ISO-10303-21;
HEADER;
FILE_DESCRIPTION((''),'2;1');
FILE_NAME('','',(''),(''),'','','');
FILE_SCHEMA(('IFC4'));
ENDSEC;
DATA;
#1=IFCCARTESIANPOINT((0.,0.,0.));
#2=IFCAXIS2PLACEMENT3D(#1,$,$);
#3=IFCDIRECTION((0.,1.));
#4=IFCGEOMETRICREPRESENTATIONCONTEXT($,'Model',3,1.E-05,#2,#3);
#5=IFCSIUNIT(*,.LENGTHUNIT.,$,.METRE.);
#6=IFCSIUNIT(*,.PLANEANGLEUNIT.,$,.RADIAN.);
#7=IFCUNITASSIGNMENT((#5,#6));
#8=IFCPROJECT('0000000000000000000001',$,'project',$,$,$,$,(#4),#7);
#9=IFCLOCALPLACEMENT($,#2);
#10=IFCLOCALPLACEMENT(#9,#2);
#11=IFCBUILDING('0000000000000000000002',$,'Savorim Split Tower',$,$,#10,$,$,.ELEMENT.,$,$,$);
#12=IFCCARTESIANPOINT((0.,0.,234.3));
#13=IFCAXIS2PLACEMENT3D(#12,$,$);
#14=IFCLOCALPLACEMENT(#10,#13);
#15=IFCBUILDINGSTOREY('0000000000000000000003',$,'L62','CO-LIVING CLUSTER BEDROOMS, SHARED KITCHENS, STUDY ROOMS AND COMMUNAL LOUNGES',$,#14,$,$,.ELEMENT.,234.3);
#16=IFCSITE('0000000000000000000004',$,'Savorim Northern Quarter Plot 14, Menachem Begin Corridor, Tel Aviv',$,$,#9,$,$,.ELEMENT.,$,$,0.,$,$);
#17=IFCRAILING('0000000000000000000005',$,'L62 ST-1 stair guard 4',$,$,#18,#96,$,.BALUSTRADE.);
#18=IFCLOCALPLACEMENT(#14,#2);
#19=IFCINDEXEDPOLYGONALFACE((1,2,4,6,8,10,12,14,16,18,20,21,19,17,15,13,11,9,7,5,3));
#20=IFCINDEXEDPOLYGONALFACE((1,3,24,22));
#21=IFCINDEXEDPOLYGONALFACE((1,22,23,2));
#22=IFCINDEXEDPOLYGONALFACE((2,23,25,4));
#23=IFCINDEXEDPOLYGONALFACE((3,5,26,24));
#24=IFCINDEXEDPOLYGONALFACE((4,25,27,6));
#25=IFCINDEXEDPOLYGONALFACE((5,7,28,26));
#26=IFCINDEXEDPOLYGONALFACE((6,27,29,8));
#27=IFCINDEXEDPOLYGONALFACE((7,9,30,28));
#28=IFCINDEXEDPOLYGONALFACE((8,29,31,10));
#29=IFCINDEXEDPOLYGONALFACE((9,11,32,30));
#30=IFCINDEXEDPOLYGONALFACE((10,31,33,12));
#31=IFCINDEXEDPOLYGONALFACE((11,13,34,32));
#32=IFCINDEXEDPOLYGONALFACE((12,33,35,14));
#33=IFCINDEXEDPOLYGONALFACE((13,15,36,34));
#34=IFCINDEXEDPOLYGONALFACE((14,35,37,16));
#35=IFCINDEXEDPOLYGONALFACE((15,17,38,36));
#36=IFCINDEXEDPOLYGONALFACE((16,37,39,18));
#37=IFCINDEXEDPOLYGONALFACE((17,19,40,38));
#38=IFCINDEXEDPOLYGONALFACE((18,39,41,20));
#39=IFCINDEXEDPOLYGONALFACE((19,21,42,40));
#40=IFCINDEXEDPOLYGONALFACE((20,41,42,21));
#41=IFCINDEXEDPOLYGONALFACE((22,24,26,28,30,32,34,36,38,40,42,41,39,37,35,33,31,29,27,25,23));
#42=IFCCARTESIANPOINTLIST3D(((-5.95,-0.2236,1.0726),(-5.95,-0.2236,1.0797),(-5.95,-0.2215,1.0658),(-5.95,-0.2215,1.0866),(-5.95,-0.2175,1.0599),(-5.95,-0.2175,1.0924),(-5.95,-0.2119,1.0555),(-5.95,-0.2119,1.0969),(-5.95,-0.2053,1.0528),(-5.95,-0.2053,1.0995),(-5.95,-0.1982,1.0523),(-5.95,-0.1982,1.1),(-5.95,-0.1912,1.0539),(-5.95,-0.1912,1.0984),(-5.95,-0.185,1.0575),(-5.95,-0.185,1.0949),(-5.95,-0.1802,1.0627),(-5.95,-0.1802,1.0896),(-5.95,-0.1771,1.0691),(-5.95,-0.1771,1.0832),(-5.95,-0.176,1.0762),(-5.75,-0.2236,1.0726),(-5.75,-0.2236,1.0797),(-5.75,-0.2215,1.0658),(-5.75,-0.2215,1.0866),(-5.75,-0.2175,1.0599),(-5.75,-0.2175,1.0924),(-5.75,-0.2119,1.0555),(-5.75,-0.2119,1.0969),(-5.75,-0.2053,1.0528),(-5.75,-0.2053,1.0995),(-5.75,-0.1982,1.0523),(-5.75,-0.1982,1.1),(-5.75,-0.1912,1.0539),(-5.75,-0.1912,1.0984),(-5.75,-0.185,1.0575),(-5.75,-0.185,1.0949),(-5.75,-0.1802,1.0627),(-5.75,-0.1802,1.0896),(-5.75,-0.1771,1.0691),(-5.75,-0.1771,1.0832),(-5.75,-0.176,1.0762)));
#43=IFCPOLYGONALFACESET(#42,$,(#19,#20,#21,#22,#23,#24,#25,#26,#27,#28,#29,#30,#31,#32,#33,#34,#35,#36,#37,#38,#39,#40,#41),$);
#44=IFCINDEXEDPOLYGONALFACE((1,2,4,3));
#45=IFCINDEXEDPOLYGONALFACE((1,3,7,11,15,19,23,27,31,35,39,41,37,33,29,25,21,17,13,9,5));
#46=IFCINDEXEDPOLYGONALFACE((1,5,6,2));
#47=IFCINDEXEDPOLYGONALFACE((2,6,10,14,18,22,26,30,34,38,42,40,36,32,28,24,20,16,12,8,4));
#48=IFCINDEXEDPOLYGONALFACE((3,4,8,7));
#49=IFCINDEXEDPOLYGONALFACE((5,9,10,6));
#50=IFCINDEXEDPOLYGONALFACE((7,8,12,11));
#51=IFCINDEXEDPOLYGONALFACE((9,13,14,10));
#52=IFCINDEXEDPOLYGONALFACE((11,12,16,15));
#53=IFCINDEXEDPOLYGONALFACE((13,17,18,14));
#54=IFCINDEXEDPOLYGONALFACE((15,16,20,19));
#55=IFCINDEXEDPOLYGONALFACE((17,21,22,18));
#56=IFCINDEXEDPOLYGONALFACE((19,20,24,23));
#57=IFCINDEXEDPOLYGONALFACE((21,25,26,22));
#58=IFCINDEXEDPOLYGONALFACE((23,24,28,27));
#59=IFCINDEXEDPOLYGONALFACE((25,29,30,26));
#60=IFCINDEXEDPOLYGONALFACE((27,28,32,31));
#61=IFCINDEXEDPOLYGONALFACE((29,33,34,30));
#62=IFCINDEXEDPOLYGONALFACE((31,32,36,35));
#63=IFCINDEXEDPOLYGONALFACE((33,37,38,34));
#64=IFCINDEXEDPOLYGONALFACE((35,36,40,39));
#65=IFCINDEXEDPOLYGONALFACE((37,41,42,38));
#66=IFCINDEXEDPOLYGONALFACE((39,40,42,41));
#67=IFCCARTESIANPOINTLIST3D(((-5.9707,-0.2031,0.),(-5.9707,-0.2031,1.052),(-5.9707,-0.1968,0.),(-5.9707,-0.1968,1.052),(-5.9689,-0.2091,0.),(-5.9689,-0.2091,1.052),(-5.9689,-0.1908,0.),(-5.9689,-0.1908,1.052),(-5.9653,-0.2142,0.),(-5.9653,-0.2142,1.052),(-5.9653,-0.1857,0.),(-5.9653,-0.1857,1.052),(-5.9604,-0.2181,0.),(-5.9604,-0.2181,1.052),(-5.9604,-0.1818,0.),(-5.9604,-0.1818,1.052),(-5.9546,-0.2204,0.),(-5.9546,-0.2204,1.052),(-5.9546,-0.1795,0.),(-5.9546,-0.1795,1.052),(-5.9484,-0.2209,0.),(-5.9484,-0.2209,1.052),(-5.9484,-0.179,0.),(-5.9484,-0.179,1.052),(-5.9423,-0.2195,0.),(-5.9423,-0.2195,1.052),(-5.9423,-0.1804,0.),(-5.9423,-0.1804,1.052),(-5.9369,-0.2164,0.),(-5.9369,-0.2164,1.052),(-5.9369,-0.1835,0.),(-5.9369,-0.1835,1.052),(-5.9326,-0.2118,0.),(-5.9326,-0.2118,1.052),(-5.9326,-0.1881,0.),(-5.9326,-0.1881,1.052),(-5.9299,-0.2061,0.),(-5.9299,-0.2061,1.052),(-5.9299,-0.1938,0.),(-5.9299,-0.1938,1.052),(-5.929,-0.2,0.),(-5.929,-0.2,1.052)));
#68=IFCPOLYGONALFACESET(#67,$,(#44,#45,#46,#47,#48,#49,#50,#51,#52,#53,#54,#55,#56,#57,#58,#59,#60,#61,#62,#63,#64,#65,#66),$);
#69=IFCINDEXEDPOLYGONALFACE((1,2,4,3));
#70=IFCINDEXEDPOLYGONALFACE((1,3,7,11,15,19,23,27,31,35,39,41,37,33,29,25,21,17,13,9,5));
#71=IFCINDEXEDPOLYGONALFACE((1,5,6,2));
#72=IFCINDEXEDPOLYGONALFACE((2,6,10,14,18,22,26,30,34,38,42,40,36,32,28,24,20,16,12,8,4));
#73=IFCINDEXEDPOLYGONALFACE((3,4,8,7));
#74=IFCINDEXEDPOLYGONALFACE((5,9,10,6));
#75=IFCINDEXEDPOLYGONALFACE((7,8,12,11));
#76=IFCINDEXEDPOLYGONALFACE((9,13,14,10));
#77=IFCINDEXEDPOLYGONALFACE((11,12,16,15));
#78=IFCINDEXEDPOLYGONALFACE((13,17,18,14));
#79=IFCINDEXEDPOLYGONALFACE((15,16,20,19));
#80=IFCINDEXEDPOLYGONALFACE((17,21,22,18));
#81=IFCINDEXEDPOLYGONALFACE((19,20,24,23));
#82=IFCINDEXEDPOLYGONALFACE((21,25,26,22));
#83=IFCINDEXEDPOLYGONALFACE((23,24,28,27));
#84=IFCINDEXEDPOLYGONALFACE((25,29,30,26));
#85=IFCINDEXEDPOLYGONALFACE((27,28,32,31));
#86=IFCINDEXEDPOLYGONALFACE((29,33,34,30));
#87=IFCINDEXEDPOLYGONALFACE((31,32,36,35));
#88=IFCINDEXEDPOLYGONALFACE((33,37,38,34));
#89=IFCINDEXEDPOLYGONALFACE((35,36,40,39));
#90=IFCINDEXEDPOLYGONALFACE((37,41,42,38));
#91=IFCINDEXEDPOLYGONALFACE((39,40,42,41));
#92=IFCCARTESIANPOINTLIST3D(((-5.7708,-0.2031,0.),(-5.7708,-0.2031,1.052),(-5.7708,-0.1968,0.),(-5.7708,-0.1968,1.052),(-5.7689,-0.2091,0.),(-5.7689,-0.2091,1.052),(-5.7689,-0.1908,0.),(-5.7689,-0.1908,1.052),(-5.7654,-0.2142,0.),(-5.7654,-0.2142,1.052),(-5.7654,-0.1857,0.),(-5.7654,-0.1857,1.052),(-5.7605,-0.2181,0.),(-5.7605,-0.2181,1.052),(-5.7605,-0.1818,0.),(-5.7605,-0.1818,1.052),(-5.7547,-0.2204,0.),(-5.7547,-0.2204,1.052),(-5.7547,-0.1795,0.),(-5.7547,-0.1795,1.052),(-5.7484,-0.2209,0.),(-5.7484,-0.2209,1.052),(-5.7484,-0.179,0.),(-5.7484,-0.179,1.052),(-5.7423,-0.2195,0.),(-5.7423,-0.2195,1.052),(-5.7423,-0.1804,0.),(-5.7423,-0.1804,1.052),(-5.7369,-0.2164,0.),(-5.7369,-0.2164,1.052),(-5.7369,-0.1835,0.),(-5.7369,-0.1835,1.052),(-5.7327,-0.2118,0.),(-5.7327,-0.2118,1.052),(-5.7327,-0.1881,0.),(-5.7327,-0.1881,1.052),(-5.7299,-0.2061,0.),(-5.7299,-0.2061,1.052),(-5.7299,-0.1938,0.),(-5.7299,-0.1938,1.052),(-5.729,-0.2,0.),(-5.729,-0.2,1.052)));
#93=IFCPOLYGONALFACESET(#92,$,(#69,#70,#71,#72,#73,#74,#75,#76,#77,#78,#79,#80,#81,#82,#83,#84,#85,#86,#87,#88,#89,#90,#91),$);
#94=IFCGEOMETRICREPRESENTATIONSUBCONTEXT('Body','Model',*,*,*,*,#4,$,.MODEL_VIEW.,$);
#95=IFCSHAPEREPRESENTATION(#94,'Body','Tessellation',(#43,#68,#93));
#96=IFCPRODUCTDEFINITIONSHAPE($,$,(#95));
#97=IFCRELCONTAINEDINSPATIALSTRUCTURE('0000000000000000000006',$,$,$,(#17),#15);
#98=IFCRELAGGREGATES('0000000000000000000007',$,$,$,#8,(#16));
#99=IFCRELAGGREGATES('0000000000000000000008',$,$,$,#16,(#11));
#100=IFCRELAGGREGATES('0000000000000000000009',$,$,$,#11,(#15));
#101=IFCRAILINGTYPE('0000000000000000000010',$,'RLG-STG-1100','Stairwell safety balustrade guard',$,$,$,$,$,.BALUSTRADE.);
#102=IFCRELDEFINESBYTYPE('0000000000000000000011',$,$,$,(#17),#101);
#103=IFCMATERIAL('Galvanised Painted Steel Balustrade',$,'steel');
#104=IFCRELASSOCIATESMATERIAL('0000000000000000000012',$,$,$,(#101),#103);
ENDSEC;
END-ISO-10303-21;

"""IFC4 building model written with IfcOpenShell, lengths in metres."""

from ifc_helpers import new_model, si_unit, direction, frame, origin, origin_2d, place, context, subcontext, project, spatial, circle, extrude, material, type_object, element, save


model = new_model("IFC4")

# Units and contexts
model_context = context("Model", 3, precision=1e-05, world=origin(), true_north=direction((0.0, 1.0)))
body_context = subcontext(model_context, "Body", "Model", "MODEL_VIEW")
ifc_project = project(units=[si_unit("LENGTHUNIT", "METRE"), si_unit("PLANEANGLEUNIT", "RADIAN")], contexts=[model_context])

# Site, building, storey
site_placement = place(None, origin())
site = spatial("IfcSite", under=ifc_project, at=site_placement, Name="Savorim Northern Quarter Plot 14, Menachem Begin Corridor, Tel Aviv", CompositionType="ELEMENT", RefElevation=0.0)
building_placement = place(site_placement, origin())
building = spatial("IfcBuilding", under=site, at=building_placement, Name="Savorim Split Tower", CompositionType="ELEMENT")
storey_placement = place(building_placement, frame((0.0, 0.0, 234.3)))
storey = spatial("IfcBuildingStorey", under=building, at=storey_placement, Name="L62", Description="CO-LIVING CLUSTER BEDROOMS, SHARED KITCHENS, STUDY ROOMS AND COMMUNAL LOUNGES", CompositionType="ELEMENT", Elevation=234.3)

# Railing
ifc_material_1 = material(Name="Galvanised Painted Steel Balustrade", Category="steel")
railing_type_1 = type_object("IfcRailingType", Name="RLG-STG-1100", Description="Stairwell safety balustrade guard", PredefinedType="BALUSTRADE", material=ifc_material_1)
railing_1_placement = place(storey_placement, frame((-5.95, -0.2, 0.0)))
element("IfcRailing", 1, at=railing_1_placement, inside=storey, type_object=railing_type_1, Name="L62 ST-1 stair guard 4", PredefinedType="BALUSTRADE", context=body_context, shape_type="SweptSolid", body=[
    extrude(circle(Radius=0.0239, at=origin_2d()), frame((0.0, 0.0, 1.0762), z_axis=(1.0, 0.0, 0.0), x_axis=(0.0, 1.0, 0.0)), (0.0, 0.0, 1.0), 0.2),
    extrude(circle(Radius=0.021, at=origin_2d()), origin(), (0.0, 0.0, 1.0), 1.052),
    extrude(circle(Radius=0.021, at=origin_2d()), frame((0.2, 0.0, 0.0)), (0.0, 0.0, 1.0), 1.052),
])

save(model, "model.ifc")
